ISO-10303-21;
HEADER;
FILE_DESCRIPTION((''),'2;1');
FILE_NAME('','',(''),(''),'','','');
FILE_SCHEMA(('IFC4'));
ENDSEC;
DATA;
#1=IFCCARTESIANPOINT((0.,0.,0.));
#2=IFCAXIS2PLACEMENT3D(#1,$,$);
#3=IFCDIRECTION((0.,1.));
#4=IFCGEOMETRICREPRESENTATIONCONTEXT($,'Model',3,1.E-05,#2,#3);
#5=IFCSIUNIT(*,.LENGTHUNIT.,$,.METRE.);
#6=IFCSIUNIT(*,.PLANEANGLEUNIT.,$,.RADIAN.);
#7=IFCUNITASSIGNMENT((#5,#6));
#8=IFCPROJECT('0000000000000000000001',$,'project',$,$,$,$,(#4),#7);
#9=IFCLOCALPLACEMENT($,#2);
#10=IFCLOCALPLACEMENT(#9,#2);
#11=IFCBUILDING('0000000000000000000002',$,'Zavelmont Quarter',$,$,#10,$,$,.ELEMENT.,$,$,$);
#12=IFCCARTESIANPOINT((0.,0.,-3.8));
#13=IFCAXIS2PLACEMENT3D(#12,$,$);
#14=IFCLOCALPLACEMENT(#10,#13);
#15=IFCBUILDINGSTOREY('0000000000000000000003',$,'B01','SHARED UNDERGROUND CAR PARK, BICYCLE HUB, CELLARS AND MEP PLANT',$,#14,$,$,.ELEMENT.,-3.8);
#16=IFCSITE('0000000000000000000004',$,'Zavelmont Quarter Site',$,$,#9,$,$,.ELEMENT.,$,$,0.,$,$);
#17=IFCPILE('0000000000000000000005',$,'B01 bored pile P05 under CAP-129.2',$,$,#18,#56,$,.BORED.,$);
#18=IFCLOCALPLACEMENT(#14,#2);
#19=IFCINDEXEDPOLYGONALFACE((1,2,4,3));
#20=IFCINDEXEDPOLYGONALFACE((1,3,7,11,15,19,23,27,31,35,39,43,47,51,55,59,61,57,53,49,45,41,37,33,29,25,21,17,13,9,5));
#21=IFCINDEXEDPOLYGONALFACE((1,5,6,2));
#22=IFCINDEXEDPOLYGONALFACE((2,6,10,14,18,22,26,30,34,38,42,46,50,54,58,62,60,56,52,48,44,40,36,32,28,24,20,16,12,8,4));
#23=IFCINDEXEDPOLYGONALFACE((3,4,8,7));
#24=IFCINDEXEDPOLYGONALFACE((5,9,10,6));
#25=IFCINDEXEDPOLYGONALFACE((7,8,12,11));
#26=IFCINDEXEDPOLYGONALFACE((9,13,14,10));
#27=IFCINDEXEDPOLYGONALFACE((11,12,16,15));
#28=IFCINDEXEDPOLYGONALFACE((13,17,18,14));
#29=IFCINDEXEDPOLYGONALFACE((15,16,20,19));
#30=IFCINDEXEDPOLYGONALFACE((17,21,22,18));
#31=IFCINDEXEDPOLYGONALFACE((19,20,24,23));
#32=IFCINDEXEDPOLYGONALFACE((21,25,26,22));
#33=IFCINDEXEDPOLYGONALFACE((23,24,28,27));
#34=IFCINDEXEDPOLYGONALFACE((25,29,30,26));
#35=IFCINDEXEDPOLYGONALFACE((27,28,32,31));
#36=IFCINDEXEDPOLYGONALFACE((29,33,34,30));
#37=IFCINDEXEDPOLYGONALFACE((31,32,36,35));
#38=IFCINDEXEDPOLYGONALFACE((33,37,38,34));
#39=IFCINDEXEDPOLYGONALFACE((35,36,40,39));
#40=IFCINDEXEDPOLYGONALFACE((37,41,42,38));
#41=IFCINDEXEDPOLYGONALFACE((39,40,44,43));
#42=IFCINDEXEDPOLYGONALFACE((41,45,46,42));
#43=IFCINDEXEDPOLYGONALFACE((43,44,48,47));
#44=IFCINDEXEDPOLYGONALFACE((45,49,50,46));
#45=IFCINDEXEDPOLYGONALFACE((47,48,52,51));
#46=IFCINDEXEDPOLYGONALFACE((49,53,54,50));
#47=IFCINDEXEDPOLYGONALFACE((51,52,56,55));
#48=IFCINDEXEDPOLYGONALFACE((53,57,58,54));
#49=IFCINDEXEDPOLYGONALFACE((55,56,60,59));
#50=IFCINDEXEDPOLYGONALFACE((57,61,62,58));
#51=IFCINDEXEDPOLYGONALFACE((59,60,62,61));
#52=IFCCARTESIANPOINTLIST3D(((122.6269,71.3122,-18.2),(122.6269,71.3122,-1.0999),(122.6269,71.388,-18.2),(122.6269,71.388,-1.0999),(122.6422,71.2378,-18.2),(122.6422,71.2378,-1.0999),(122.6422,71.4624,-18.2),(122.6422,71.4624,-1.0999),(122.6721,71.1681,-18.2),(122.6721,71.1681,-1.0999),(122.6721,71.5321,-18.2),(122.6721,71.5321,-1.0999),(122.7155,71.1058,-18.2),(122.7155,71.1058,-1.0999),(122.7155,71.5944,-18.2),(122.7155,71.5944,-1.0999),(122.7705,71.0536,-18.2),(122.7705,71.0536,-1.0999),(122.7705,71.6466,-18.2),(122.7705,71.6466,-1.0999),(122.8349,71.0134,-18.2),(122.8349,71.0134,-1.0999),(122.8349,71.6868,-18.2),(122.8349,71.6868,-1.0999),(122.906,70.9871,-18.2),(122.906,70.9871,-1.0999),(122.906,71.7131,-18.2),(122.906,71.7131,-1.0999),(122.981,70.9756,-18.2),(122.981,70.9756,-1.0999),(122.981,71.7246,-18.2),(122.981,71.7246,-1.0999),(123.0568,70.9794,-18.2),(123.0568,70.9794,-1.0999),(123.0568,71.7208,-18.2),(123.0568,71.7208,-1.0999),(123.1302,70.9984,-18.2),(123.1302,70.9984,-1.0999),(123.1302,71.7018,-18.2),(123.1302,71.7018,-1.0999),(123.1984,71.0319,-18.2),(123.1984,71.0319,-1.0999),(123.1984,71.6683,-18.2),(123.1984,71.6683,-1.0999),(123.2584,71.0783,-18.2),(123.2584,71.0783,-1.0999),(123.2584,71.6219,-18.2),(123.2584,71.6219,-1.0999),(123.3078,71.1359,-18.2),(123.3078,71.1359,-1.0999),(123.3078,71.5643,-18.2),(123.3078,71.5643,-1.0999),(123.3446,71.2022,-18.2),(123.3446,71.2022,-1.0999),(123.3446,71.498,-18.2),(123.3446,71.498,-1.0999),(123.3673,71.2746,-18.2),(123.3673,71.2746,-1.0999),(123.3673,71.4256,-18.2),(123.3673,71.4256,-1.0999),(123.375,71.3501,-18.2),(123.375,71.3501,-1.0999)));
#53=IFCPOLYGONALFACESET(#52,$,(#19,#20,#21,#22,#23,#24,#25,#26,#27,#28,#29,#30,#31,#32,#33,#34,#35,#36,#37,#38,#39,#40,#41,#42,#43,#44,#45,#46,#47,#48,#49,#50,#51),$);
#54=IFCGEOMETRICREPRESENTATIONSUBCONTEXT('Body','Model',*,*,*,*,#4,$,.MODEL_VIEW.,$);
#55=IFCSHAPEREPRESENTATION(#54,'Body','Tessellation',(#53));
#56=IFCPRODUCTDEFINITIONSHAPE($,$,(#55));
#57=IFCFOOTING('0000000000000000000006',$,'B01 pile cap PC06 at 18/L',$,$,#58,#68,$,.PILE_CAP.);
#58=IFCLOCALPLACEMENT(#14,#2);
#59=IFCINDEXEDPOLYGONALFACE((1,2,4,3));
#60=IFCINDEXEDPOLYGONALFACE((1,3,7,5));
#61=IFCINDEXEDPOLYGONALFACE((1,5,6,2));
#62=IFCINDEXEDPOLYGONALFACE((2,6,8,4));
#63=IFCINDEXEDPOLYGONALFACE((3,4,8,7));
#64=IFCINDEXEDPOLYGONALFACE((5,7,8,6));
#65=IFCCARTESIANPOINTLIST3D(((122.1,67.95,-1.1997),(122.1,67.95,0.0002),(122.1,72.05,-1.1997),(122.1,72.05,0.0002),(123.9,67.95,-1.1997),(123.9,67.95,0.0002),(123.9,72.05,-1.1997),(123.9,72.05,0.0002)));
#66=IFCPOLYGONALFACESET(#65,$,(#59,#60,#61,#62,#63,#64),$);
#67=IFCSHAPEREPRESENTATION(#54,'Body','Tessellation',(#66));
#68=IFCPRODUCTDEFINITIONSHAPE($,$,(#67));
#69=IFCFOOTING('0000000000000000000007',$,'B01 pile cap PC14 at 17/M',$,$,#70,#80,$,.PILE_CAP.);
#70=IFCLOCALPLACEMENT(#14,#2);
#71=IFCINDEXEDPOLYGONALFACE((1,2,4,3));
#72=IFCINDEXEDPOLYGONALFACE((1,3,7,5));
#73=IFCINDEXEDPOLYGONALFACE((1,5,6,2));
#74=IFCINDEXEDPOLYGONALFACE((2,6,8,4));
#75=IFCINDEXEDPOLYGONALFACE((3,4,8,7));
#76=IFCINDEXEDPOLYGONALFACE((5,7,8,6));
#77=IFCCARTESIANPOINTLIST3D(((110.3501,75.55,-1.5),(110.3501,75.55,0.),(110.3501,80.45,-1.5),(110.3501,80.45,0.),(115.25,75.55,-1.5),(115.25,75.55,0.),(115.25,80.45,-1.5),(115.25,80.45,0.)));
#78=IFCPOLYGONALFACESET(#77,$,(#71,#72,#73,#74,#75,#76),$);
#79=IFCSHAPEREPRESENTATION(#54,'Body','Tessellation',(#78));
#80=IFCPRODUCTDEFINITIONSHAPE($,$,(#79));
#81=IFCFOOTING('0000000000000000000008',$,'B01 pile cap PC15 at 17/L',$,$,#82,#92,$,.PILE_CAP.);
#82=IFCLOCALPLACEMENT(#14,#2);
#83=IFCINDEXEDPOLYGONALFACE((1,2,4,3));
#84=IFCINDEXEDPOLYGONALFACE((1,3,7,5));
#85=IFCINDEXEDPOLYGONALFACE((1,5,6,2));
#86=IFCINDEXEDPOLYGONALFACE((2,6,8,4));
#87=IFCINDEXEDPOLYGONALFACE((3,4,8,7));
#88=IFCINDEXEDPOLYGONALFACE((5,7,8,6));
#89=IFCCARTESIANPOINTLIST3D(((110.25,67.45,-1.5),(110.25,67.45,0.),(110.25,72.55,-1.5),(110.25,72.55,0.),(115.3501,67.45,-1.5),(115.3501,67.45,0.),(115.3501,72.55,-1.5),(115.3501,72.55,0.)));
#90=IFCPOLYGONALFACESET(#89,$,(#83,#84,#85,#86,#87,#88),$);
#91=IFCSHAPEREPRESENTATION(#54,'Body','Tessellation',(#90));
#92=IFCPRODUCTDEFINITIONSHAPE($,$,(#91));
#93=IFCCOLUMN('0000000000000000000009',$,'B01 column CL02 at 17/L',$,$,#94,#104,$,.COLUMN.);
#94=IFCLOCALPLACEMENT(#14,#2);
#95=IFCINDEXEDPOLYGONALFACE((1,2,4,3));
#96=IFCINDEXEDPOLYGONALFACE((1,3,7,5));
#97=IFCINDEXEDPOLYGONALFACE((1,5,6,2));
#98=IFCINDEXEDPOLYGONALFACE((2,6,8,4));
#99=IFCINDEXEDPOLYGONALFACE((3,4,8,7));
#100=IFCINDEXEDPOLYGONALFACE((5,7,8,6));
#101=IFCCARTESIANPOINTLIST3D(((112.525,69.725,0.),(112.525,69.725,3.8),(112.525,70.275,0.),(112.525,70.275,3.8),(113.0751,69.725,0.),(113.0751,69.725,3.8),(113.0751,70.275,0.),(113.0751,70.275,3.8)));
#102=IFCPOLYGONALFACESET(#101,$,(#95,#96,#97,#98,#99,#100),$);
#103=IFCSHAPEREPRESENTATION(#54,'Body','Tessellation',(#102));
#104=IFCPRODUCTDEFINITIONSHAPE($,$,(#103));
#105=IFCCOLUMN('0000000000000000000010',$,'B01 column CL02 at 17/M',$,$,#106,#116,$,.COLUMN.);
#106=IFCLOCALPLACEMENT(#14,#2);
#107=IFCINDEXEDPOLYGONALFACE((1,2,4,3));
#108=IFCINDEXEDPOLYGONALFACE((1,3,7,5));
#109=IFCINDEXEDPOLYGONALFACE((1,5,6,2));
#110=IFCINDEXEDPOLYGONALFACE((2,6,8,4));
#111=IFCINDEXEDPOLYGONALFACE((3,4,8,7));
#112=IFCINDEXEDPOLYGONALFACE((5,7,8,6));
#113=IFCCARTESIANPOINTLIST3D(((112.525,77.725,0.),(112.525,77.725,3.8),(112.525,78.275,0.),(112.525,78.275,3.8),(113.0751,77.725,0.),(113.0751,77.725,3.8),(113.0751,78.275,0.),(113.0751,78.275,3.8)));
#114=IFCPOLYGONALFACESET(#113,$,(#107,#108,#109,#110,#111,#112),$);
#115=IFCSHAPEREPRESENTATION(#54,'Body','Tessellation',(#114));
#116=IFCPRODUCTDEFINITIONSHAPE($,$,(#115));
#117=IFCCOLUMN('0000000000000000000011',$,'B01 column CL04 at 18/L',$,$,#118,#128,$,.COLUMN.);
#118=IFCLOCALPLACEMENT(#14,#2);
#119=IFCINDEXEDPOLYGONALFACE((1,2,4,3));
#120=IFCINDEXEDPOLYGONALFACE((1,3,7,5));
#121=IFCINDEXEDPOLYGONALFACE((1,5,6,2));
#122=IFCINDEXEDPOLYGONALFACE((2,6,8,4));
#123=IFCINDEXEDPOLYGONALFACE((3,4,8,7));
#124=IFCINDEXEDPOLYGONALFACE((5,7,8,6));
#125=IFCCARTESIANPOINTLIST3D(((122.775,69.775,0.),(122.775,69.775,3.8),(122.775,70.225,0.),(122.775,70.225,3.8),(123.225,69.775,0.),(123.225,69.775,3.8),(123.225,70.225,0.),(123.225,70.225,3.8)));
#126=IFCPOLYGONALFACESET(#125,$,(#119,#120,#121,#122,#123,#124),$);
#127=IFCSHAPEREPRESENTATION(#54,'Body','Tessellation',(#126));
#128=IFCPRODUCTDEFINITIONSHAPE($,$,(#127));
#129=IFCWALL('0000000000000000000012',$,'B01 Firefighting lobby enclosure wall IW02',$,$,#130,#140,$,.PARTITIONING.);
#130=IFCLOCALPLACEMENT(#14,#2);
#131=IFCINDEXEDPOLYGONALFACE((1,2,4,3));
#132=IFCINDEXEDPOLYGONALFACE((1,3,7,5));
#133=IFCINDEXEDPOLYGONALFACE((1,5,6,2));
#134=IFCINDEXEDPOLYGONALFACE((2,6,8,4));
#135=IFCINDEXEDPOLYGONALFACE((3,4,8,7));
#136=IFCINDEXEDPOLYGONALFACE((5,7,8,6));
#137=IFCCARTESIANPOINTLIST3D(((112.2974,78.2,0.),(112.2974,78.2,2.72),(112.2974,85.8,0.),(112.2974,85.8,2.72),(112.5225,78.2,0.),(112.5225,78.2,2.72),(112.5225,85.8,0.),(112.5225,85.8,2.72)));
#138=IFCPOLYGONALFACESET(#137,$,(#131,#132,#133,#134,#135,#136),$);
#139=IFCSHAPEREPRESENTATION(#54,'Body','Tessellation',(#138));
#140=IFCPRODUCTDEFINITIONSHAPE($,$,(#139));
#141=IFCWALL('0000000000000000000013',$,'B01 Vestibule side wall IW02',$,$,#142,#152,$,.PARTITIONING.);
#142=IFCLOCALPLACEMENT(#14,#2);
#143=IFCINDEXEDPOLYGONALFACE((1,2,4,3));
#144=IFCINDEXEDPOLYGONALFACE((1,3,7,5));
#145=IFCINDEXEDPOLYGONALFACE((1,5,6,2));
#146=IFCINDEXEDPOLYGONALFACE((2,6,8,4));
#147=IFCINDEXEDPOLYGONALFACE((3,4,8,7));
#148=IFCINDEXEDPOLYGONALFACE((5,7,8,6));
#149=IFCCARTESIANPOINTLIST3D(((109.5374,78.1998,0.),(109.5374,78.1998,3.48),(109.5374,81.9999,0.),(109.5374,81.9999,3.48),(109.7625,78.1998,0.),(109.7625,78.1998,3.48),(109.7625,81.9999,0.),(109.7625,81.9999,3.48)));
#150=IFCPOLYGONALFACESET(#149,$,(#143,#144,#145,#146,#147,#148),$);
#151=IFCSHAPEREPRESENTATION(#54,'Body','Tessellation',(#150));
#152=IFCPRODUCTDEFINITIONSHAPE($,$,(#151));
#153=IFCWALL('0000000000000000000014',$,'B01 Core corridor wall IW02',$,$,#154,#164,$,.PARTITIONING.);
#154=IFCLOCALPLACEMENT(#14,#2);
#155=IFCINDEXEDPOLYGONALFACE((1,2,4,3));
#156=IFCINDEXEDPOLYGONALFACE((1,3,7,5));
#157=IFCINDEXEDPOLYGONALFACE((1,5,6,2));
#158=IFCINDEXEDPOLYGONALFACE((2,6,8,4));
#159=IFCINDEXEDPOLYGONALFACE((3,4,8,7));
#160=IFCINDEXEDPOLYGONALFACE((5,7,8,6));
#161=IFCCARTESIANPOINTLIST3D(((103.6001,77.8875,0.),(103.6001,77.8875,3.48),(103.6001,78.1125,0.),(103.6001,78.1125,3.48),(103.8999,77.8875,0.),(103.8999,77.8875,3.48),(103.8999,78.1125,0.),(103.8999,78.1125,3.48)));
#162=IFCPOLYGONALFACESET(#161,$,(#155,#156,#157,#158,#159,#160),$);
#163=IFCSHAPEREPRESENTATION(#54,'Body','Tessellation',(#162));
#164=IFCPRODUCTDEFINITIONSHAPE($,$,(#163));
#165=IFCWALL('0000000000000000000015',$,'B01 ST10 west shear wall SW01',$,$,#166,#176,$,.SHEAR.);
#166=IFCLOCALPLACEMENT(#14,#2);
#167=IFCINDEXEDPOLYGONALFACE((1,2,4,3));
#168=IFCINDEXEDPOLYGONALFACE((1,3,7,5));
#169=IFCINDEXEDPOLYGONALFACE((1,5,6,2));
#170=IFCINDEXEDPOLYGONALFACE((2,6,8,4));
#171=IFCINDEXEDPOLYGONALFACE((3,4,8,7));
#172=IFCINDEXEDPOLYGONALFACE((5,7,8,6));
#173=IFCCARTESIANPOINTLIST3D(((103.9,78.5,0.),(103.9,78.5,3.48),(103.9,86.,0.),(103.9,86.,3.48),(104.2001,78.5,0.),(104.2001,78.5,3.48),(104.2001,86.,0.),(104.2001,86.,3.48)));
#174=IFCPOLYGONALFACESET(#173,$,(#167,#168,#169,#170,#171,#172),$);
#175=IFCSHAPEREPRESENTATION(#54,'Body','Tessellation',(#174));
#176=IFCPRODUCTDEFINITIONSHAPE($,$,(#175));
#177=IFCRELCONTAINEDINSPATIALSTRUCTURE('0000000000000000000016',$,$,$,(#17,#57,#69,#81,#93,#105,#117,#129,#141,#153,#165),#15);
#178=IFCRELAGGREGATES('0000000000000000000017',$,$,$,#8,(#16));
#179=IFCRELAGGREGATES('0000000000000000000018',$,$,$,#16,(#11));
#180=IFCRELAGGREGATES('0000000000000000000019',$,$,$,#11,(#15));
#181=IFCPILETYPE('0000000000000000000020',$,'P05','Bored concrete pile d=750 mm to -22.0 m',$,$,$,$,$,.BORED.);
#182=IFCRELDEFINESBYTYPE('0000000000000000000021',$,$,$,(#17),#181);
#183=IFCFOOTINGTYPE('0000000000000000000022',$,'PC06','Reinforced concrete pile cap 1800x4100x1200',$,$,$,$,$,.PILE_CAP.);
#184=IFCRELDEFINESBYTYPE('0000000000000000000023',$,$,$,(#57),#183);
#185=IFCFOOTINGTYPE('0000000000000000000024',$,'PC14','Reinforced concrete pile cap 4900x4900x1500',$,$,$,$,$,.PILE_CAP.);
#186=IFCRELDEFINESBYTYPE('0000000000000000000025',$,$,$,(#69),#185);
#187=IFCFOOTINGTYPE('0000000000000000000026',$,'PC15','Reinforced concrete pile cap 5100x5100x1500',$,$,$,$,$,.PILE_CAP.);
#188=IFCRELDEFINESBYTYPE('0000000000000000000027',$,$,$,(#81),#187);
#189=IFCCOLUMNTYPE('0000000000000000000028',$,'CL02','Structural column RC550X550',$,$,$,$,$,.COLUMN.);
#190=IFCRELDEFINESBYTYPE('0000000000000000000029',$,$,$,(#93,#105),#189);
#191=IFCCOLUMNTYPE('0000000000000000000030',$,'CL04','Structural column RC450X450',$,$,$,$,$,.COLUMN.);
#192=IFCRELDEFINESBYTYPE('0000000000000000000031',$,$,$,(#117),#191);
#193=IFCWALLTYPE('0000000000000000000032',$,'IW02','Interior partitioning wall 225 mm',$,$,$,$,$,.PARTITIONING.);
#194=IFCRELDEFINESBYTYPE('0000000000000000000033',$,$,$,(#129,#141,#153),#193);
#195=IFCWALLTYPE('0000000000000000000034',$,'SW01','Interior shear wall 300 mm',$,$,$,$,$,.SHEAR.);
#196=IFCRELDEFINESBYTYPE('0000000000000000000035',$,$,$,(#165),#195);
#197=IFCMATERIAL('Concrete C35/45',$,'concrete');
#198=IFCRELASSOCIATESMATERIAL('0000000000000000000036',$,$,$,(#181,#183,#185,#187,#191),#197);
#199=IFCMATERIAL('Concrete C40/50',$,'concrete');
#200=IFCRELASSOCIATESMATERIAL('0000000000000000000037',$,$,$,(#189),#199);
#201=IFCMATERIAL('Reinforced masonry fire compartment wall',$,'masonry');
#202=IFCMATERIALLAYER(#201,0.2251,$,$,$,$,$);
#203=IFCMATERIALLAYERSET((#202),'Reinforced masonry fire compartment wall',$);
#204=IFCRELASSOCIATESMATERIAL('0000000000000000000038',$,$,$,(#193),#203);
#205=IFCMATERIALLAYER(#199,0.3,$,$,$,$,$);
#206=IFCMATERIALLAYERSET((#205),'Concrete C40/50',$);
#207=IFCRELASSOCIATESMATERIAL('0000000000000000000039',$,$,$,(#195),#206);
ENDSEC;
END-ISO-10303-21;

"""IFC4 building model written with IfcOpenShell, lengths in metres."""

from ifc_helpers import new_model, si_unit, direction, frame, frame_2d, origin, origin_2d, place, context, subcontext, project, spatial, rectangle, circle, extrude, material, layer, layer_set, material_profile, profile_set, type_object, element, save


model = new_model("IFC4")

# Units and contexts
model_context = context("Model", 3, precision=1e-05, world=origin(), true_north=direction((0.0, 1.0)))
body_context = subcontext(model_context, "Body", "Model", "MODEL_VIEW")
ifc_project = project(units=[si_unit("LENGTHUNIT", "METRE"), si_unit("PLANEANGLEUNIT", "RADIAN")], contexts=[model_context])

# Site, building, storey
site_placement = place(None, origin())
site = spatial("IfcSite", under=ifc_project, at=site_placement, Name="Zavelmont Quarter Site", CompositionType="ELEMENT", RefElevation=0.0)
building_placement = place(site_placement, origin())
building = spatial("IfcBuilding", under=site, at=building_placement, Name="Zavelmont Quarter", CompositionType="ELEMENT")
storey_placement = place(building_placement, frame((0.0, 0.0, -3.8)))
storey = spatial("IfcBuildingStorey", under=building, at=storey_placement, Name="B01", Description="SHARED UNDERGROUND CAR PARK, BICYCLE HUB, CELLARS AND MEP PLANT", CompositionType="ELEMENT", Elevation=-3.8)

# Shared definitions
ifc_material_1 = material(Name="Concrete C35/45", Category="concrete")

# Pile
ifc_material_profile_1 = material_profile(ifc_material_1, circle(Radius=0.375, at=origin_2d()), Name="BP750")
ifc_profile_set_1 = profile_set([ifc_material_profile_1], Name="Concrete C35/45")
pile_type_1 = type_object("IfcPileType", Name="P05", Description="Bored concrete pile d=750 mm to -22.0 m", PredefinedType="BORED", material=ifc_profile_set_1)
for number, where, z_axis, x_axis, name in (
    (1, (123.0, 71.3501, -1.0999), (0.0, 0.0, -1.0), (1.0, 0.0, 0.0), "B01 bored pile P05 under CAP-129.2"),
):
    element("IfcPile", number, at=place(storey_placement, frame(where, z_axis=z_axis, x_axis=x_axis)), inside=storey, type_object=pile_type_1, Name=name, PredefinedType="BORED", context=body_context, shape_type="SweptSolid", body=[
        extrude(circle(Radius=0.375, at=origin_2d()), origin(), (0.0, 0.0, 1.0), 17.1001),
    ])

# Footings
footing_type_1 = type_object("IfcFootingType", Name="PC06", Description="Reinforced concrete pile cap 1800x4100x1200", PredefinedType="PILE_CAP", material=ifc_material_1)
footing_1_placement = place(storey_placement, frame((123.0, 70.0, -1.1997), z_axis=(0.0, 0.0, 1.0), x_axis=(1.0, 0.0, 0.0)))
element("IfcFooting", 2, at=footing_1_placement, inside=storey, type_object=footing_type_1, Name="B01 pile cap PC06 at 18/L", PredefinedType="PILE_CAP", context=body_context, shape_type="SweptSolid", body=[
    extrude(rectangle(XDim=1.8, YDim=4.1001, at=origin_2d()), origin(), (0.0, 0.0, 1.0), 1.2),
])
footing_type_2 = type_object("IfcFootingType", Name="PC14", Description="Reinforced concrete pile cap 4900x4900x1500", PredefinedType="PILE_CAP", material=ifc_material_1)
footing_2_placement = place(storey_placement, frame((112.8, 78.0, -1.5), z_axis=(0.0, 0.0, 1.0), x_axis=(1.0, 0.0, 0.0)))
element("IfcFooting", 3, at=footing_2_placement, inside=storey, type_object=footing_type_2, Name="B01 pile cap PC14 at 17/M", PredefinedType="PILE_CAP", context=body_context, shape_type="SweptSolid", body=[
    extrude(rectangle(XDim=4.8999, YDim=4.8999, at=origin_2d()), origin(), (0.0, 0.0, 1.0), 1.5),
])
footing_type_3 = type_object("IfcFootingType", Name="PC15", Description="Reinforced concrete pile cap 5100x5100x1500", PredefinedType="PILE_CAP", material=ifc_material_1)
footing_3_placement = place(storey_placement, frame((112.8, 70.0, -1.5), z_axis=(0.0, 0.0, 1.0), x_axis=(1.0, 0.0, 0.0)))
element("IfcFooting", 4, at=footing_3_placement, inside=storey, type_object=footing_type_3, Name="B01 pile cap PC15 at 17/L", PredefinedType="PILE_CAP", context=body_context, shape_type="SweptSolid", body=[
    extrude(rectangle(XDim=5.1001, YDim=5.1001, at=origin_2d()), origin(), (0.0, 0.0, 1.0), 1.5),
])

# Columns
ifc_material_2 = material(Name="Concrete C40/50", Category="concrete")
ifc_material_profile_2 = material_profile(ifc_material_2, rectangle(XDim=0.55, YDim=0.55, at=origin_2d()), Name="RC550X550")
ifc_profile_set_2 = profile_set([ifc_material_profile_2], Name="Concrete C40/50")
column_type_1 = type_object("IfcColumnType", Name="CL02", Description="Structural column RC550X550", PredefinedType="COLUMN", material=ifc_profile_set_2)
for number, where, z_axis, x_axis, name in (
    (5, (112.8, 70.0, 0.0), (0.0, 0.0, 1.0), (1.0, 0.0, 0.0), "B01 column CL02 at 17/L"),
    (6, (112.8, 78.0, 0.0), (0.0, 0.0, 1.0), (1.0, 0.0, 0.0), "B01 column CL02 at 17/M"),
):
    element("IfcColumn", number, at=place(storey_placement, frame(where, z_axis=z_axis, x_axis=x_axis)), inside=storey, type_object=column_type_1, Name=name, PredefinedType="COLUMN", context=body_context, shape_type="SweptSolid", body=[
        extrude(rectangle(XDim=0.55, YDim=0.55, at=origin_2d()), origin(), (0.0, 0.0, 1.0), 3.8),
    ])
ifc_material_profile_3 = material_profile(ifc_material_1, rectangle(XDim=0.45, YDim=0.45, at=origin_2d()), Name="RC450X450")
ifc_profile_set_3 = profile_set([ifc_material_profile_3], Name="Concrete C35/45")
column_type_2 = type_object("IfcColumnType", Name="CL04", Description="Structural column RC450X450", PredefinedType="COLUMN", material=ifc_profile_set_3)
column_placement = place(storey_placement, frame((123.0, 70.0, 0.0), z_axis=(0.0, 0.0, 1.0), x_axis=(1.0, 0.0, 0.0)))
element("IfcColumn", 7, at=column_placement, inside=storey, type_object=column_type_2, Name="B01 column CL04 at 18/L", PredefinedType="COLUMN", context=body_context, shape_type="SweptSolid", body=[
    extrude(rectangle(XDim=0.45, YDim=0.45, at=origin_2d()), origin(), (0.0, 0.0, 1.0), 3.8),
])

# Walls
ifc_material_3 = material(Name="Reinforced masonry fire compartment wall", Category="masonry")
ifc_layer_1 = layer(ifc_material_3, 0.2251)
ifc_layer_set_1 = layer_set([ifc_layer_1], Name="Reinforced masonry fire compartment wall")
wall_type_1 = type_object("IfcWallType", Name="IW02", Description="Interior partitioning wall 225 mm", PredefinedType="PARTITIONING", material=ifc_layer_set_1)
wall_1_placement = place(storey_placement, frame((112.4099, 78.2, 0.0), z_axis=(0.0, 0.0, 1.0), x_axis=(0.0, 1.0, 0.0)))
element("IfcWall", 8, at=wall_1_placement, inside=storey, type_object=wall_type_1, Name="B01 Firefighting lobby enclosure wall IW02", PredefinedType="PARTITIONING", context=body_context, shape_type="SweptSolid", body=[
    extrude(rectangle(XDim=7.6001, YDim=0.2251, at=frame_2d((3.8, 0.0))), origin(), (0.0, 0.0, 1.0), 2.72),
])
wall_2_placement = place(storey_placement, frame((109.6499, 78.2, 0.0), z_axis=(0.0, 0.0, 1.0), x_axis=(0.0, 1.0, 0.0)))
element("IfcWall", 9, at=wall_2_placement, inside=storey, type_object=wall_type_1, Name="B01 Vestibule side wall IW02", PredefinedType="PARTITIONING", context=body_context, shape_type="SweptSolid", body=[
    extrude(rectangle(XDim=3.8, YDim=0.2251, at=frame_2d((1.8999, 0.0))), origin(), (0.0, 0.0, 1.0), 3.48),
])
wall_3_placement = place(storey_placement, frame((103.6001, 78.0, 0.0), z_axis=(0.0, 0.0, 1.0), x_axis=(1.0, 0.0, 0.0)))
element("IfcWall", 10, at=wall_3_placement, inside=storey, type_object=wall_type_1, Name="B01 Core corridor wall IW02", PredefinedType="PARTITIONING", context=body_context, shape_type="SweptSolid", body=[
    extrude(rectangle(XDim=0.2998, YDim=0.2251, at=frame_2d((0.1499, 0.0))), origin(), (0.0, 0.0, 1.0), 3.48),
])

# Wall
ifc_layer_2 = layer(ifc_material_2, 0.3)
ifc_layer_set_2 = layer_set([ifc_layer_2], Name="Concrete C40/50")
wall_type_2 = type_object("IfcWallType", Name="SW01", Description="Interior shear wall 300 mm", PredefinedType="SHEAR", material=ifc_layer_set_2)
wall_4_placement = place(storey_placement, frame((104.05, 78.5, 0.0), z_axis=(0.0, 0.0, 1.0), x_axis=(0.0, 1.0, 0.0)))
element("IfcWall", 11, at=wall_4_placement, inside=storey, type_object=wall_type_2, Name="B01 ST10 west shear wall SW01", PredefinedType="SHEAR", context=body_context, shape_type="SweptSolid", body=[
    extrude(rectangle(XDim=7.5, YDim=0.3, at=frame_2d((3.75, 0.0))), origin(), (0.0, 0.0, 1.0), 3.48),
])

save(model, "model.ifc")
